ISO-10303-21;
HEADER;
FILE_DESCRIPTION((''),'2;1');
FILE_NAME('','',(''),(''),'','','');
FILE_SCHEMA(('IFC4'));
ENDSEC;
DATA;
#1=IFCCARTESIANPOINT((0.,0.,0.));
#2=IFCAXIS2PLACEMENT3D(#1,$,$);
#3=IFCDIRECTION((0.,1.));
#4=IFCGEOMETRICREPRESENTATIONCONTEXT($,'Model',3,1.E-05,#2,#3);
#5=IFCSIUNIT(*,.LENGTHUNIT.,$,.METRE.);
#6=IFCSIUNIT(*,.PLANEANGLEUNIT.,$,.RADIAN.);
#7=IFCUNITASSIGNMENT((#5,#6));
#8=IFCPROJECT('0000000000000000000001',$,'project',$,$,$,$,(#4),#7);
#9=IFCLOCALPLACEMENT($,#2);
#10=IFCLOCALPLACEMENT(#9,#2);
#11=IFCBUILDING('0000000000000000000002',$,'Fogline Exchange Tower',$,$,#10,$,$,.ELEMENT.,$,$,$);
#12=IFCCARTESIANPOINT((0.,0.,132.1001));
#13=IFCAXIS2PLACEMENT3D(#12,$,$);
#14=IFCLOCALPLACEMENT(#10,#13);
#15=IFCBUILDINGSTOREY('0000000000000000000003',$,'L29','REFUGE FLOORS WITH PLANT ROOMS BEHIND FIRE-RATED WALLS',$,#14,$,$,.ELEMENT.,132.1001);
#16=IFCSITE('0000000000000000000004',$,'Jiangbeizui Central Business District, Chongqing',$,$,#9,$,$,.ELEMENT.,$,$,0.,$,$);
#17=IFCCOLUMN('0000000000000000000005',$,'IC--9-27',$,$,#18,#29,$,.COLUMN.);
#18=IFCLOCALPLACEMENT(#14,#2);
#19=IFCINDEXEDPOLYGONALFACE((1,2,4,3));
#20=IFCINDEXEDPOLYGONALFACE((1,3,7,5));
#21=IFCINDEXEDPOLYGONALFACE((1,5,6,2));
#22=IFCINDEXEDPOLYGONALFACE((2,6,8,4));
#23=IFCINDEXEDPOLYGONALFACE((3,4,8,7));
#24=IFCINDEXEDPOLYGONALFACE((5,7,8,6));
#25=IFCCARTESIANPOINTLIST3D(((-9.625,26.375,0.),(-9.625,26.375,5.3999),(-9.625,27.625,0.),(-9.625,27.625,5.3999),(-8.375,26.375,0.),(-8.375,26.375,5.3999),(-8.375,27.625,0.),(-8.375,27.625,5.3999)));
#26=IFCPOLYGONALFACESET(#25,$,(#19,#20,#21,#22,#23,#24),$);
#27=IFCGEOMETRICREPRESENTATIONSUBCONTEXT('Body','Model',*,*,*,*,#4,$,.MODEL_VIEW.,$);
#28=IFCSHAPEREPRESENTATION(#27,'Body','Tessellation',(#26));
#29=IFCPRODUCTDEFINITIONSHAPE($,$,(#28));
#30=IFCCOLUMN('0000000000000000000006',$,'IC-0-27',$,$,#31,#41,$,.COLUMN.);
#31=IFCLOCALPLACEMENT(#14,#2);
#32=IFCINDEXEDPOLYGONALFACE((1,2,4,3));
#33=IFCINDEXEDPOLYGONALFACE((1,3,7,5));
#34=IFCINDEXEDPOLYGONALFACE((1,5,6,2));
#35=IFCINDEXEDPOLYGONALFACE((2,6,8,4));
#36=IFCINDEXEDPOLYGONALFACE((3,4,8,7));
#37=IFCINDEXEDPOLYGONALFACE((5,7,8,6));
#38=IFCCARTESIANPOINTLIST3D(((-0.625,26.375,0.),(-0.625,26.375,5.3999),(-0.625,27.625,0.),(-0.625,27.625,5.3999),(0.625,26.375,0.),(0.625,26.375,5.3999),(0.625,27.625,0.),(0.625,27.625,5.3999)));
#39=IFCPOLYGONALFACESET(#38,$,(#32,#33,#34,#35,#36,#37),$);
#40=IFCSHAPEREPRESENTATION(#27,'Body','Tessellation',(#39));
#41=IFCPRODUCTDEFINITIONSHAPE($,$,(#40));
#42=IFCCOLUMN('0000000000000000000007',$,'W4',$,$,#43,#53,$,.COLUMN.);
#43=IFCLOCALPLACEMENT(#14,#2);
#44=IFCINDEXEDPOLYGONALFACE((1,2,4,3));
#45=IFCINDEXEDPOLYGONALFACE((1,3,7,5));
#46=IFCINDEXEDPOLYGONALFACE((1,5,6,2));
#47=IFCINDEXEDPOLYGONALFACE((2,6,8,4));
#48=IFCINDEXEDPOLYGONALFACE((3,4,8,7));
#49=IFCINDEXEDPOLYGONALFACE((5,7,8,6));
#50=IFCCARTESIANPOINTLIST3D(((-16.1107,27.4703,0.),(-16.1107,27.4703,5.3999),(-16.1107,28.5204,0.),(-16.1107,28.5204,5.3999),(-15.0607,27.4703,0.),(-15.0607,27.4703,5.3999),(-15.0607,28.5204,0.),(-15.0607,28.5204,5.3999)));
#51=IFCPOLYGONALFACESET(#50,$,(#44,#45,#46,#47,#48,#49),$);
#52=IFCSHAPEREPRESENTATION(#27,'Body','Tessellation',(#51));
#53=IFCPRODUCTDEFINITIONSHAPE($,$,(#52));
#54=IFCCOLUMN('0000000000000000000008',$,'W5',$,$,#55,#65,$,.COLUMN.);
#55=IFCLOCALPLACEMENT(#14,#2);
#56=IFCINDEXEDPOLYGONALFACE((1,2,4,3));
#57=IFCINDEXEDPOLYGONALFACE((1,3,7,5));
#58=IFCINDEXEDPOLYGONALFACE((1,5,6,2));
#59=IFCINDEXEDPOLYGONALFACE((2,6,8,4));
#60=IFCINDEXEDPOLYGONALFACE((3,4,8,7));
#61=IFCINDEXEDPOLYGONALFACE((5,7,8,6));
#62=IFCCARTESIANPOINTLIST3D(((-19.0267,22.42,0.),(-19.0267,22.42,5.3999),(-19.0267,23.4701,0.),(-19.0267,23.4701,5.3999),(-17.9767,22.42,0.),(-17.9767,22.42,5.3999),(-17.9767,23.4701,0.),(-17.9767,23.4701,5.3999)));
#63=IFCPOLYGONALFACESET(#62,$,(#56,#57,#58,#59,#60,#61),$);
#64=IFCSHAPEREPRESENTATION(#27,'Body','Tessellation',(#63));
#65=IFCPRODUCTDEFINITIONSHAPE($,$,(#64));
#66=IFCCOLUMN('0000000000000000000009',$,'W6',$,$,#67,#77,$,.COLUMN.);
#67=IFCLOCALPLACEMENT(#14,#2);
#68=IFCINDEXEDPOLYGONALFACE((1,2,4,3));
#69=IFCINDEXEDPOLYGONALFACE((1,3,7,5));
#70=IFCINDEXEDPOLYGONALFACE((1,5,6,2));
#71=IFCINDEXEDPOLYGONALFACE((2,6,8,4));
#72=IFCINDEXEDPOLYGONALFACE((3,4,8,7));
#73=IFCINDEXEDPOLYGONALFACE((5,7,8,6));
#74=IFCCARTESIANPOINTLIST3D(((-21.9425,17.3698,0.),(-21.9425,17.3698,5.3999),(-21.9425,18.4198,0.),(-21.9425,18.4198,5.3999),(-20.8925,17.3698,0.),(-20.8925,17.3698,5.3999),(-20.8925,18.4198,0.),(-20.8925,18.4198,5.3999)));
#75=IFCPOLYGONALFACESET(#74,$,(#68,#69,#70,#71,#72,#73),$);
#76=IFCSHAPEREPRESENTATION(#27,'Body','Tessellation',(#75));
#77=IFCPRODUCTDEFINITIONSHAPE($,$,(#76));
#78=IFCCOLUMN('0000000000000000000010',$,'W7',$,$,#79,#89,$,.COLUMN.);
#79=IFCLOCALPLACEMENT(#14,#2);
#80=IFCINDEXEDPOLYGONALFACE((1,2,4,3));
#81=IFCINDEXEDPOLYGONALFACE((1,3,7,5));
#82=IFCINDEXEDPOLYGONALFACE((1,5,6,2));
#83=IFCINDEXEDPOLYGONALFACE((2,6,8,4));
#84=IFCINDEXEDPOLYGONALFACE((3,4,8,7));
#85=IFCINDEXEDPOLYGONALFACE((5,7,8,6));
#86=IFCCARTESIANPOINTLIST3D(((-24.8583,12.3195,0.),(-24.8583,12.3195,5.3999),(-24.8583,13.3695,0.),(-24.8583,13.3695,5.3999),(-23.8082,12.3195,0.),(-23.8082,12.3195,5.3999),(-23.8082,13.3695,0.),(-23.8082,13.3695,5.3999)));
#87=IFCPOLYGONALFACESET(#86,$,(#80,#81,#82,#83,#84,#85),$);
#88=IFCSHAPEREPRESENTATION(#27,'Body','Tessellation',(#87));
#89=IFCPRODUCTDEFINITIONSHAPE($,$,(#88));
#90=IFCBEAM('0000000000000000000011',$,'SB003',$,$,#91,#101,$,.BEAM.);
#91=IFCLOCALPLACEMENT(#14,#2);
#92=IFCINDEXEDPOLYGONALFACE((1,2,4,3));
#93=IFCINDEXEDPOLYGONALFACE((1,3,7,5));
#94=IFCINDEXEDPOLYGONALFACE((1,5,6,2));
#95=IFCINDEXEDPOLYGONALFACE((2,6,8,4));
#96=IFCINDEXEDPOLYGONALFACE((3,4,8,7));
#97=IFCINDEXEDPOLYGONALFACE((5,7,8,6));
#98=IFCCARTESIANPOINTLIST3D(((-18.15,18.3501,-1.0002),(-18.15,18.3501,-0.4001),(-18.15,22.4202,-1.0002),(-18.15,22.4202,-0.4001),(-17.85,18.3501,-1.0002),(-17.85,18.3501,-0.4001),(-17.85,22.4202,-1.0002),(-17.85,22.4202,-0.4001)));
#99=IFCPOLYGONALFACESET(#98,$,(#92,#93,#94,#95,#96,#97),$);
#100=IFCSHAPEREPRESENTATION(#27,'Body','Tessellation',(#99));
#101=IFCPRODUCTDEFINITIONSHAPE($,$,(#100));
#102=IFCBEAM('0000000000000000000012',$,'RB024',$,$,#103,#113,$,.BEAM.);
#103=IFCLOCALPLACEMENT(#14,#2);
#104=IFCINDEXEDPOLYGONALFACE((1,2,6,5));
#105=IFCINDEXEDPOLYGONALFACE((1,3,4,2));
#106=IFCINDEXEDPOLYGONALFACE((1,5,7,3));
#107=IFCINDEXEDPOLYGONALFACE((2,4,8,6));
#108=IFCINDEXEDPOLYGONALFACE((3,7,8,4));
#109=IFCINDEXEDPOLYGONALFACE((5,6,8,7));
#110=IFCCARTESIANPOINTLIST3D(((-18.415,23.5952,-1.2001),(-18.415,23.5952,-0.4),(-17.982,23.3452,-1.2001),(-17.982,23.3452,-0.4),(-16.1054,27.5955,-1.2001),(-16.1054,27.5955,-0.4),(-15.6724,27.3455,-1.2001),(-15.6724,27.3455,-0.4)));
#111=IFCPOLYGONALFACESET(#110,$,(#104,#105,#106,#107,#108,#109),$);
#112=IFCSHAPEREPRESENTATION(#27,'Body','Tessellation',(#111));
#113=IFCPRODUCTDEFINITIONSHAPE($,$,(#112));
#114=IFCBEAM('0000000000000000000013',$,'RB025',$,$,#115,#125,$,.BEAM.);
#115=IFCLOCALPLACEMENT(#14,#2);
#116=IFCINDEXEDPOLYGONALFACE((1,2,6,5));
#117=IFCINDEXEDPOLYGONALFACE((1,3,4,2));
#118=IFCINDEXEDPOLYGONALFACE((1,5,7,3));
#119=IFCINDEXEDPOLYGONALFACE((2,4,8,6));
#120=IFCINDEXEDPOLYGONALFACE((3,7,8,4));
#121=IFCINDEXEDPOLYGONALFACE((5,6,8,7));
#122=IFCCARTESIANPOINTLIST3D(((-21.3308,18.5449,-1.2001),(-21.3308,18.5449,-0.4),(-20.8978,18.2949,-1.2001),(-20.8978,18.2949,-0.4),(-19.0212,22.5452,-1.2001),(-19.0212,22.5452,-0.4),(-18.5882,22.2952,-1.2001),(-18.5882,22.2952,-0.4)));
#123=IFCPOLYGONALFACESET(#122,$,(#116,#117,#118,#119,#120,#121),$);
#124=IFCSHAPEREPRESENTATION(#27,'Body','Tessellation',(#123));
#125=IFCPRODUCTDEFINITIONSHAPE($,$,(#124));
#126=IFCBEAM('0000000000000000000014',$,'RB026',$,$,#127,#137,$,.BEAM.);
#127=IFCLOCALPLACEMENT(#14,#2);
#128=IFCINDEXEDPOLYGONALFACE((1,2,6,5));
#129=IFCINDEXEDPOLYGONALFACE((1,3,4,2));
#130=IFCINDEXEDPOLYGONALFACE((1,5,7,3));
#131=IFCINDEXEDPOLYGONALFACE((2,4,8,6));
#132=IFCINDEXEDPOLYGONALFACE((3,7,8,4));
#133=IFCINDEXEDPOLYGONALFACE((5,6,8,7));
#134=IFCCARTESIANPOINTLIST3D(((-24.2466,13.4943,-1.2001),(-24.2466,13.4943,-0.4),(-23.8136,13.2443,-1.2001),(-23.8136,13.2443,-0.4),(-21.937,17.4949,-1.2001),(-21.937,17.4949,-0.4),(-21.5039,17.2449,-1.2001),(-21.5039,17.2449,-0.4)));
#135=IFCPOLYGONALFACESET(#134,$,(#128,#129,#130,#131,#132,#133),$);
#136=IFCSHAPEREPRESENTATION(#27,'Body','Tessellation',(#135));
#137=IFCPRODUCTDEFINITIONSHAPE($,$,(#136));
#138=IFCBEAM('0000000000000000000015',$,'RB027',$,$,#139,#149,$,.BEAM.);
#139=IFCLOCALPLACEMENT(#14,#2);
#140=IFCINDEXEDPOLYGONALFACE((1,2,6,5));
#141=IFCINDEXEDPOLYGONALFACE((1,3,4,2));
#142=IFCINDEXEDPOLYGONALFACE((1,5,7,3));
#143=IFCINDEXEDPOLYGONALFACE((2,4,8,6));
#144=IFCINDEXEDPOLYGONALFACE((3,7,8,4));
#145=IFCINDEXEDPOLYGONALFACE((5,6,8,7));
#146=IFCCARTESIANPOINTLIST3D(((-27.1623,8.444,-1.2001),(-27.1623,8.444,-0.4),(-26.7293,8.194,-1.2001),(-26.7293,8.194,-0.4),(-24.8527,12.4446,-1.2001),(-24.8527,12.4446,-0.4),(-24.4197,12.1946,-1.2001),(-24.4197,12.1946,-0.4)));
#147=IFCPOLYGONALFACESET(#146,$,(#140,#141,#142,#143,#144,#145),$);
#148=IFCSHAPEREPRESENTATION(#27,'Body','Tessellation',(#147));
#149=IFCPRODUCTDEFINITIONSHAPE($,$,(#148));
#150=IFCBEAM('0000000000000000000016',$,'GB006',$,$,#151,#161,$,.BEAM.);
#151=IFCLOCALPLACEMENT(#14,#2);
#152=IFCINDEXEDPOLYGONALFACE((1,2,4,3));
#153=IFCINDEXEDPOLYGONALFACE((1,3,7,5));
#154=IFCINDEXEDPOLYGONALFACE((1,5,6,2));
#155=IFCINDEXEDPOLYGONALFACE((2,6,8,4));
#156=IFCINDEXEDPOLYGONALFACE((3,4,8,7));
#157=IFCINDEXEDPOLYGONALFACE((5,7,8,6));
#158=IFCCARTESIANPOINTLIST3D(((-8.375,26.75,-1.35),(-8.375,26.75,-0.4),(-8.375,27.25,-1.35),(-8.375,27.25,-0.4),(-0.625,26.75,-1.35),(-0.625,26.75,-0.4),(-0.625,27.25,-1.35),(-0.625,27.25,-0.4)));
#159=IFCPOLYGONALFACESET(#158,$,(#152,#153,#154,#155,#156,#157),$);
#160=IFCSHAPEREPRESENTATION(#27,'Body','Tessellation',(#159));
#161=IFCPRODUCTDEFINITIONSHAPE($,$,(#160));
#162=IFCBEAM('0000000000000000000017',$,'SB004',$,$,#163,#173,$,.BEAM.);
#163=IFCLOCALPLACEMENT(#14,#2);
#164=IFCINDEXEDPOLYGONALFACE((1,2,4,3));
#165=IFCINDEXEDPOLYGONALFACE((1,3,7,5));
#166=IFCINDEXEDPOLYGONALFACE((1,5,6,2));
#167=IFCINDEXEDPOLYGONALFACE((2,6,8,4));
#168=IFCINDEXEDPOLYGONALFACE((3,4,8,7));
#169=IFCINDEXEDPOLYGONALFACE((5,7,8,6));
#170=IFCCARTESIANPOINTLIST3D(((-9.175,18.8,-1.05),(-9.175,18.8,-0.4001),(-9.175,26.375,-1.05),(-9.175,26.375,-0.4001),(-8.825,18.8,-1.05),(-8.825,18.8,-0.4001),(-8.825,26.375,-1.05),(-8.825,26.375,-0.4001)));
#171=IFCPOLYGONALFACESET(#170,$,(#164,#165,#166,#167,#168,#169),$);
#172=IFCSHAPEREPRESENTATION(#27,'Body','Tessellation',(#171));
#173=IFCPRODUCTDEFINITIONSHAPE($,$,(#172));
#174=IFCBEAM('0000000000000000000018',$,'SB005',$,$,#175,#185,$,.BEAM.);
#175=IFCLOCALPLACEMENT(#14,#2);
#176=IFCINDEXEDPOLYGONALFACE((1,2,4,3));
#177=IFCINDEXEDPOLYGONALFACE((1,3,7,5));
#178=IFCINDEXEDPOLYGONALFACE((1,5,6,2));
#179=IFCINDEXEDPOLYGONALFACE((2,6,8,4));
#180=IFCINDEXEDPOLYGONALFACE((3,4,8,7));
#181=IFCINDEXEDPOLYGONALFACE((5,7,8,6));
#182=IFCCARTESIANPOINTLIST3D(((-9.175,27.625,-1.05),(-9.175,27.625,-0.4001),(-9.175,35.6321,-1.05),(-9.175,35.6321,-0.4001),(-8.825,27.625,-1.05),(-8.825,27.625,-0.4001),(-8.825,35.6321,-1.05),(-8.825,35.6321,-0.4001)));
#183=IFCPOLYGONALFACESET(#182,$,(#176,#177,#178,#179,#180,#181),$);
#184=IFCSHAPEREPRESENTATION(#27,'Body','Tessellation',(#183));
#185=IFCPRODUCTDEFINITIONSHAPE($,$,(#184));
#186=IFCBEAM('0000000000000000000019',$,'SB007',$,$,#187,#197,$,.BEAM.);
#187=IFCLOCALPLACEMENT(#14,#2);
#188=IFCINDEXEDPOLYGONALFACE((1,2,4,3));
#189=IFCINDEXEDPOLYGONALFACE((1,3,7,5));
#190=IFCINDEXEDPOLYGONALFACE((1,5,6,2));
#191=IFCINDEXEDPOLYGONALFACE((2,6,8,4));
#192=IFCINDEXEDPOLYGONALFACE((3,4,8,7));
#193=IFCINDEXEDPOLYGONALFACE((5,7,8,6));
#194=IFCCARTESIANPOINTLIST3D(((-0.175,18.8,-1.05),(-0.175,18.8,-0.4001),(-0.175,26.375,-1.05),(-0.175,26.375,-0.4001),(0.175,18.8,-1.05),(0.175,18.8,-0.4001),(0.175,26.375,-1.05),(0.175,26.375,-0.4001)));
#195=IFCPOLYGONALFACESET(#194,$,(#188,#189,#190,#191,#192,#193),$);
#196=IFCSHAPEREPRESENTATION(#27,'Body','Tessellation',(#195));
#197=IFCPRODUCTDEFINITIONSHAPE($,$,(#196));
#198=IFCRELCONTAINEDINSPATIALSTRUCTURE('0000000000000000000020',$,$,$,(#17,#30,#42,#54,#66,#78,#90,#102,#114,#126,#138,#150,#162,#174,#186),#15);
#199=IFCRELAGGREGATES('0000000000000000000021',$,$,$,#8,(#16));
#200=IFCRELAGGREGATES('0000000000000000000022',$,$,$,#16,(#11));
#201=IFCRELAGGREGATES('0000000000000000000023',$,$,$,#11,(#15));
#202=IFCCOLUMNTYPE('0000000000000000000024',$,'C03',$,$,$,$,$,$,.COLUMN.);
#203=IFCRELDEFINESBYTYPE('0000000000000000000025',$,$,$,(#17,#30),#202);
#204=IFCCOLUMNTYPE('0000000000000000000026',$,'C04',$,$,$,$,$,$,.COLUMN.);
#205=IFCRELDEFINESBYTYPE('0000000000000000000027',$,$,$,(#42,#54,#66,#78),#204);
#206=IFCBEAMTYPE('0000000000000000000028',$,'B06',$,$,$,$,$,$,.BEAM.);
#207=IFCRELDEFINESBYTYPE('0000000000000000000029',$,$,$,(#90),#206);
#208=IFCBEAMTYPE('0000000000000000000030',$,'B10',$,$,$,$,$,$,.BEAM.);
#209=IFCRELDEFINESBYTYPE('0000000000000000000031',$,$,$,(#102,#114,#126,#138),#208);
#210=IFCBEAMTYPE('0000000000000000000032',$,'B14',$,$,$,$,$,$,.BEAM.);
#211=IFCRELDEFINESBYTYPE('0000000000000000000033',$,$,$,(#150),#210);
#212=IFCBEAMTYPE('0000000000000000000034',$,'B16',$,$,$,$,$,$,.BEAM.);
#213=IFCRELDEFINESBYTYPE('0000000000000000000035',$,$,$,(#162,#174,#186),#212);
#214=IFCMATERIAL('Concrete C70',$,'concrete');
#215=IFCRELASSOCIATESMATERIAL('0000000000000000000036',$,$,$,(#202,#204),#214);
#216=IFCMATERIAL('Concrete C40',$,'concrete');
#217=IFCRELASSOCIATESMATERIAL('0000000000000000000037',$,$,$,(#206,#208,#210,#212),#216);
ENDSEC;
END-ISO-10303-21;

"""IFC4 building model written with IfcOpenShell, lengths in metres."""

from ifc_helpers import new_model, si_unit, direction, frame, origin, origin_2d, place, context, subcontext, project, spatial, rectangle, extrude, material, material_profile, profile_set, type_object, element, save


model = new_model("IFC4")

# Units and contexts
model_context = context("Model", 3, precision=1e-05, world=origin(), true_north=direction((0.0, 1.0)))
body_context = subcontext(model_context, "Body", "Model", "MODEL_VIEW")
ifc_project = project(units=[si_unit("LENGTHUNIT", "METRE"), si_unit("PLANEANGLEUNIT", "RADIAN")], contexts=[model_context])

# Site, building, storey
site_placement = place(None, origin())
site = spatial("IfcSite", under=ifc_project, at=site_placement, Name="Jiangbeizui Central Business District, Chongqing", CompositionType="ELEMENT", RefElevation=0.0)
building_placement = place(site_placement, origin())
building = spatial("IfcBuilding", under=site, at=building_placement, Name="Fogline Exchange Tower", CompositionType="ELEMENT")
storey_placement = place(building_placement, frame((0.0, 0.0, 132.1001)))
storey = spatial("IfcBuildingStorey", under=building, at=storey_placement, Name="L29", Description="REFUGE FLOORS WITH PLANT ROOMS BEHIND FIRE-RATED WALLS", CompositionType="ELEMENT", Elevation=132.1001)

# Columns
ifc_material_1 = material(Name="Concrete C70", Category="concrete")
ifc_material_profile_1 = material_profile(ifc_material_1, rectangle(XDim=1.25, YDim=1.25, at=origin_2d()), Name="RC 1250x1250")
ifc_profile_set_1 = profile_set([ifc_material_profile_1], Name="Concrete C70")
column_type_1 = type_object("IfcColumnType", Name="C03", PredefinedType="COLUMN", material=ifc_profile_set_1)
for number, where, z_axis, x_axis, name in (
    (1, (-9.0, 27.0, 0.0), (0.0, 0.0, 1.0), (1.0, 0.0, 0.0), "IC--9-27"),
    (2, (0.0, 27.0, 0.0), (0.0, 0.0, 1.0), (1.0, 0.0, 0.0), "IC-0-27"),
):
    element("IfcColumn", number, at=place(storey_placement, frame(where, z_axis=z_axis, x_axis=x_axis)), inside=storey, type_object=column_type_1, Name=name, PredefinedType="COLUMN", context=body_context, shape_type="SweptSolid", body=[
        extrude(rectangle(XDim=1.25, YDim=1.25, at=origin_2d()), origin(), (0.0, 0.0, 1.0), 5.3999),
    ])
ifc_material_profile_2 = material_profile(ifc_material_1, rectangle(XDim=1.05, YDim=1.05, at=origin_2d()), Name="RC 1050x1050")
ifc_profile_set_2 = profile_set([ifc_material_profile_2], Name="Concrete C70")
column_type_2 = type_object("IfcColumnType", Name="C04", PredefinedType="COLUMN", material=ifc_profile_set_2)
for number, where, z_axis, x_axis, name in (
    (3, (-15.5857, 27.9954, 0.0), (0.0, 0.0, 1.0), (1.0, 0.0, 0.0), "W4"),
    (4, (-18.5017, 22.9451, 0.0), (0.0, 0.0, 1.0), (1.0, 0.0, 0.0), "W5"),
    (5, (-21.4175, 17.8948, 0.0), (0.0, 0.0, 1.0), (1.0, 0.0, 0.0), "W6"),
    (6, (-24.3333, 12.8445, 0.0), (0.0, 0.0, 1.0), (1.0, 0.0, 0.0), "W7"),
):
    element("IfcColumn", number, at=place(storey_placement, frame(where, z_axis=z_axis, x_axis=x_axis)), inside=storey, type_object=column_type_2, Name=name, PredefinedType="COLUMN", context=body_context, shape_type="SweptSolid", body=[
        extrude(rectangle(XDim=1.05, YDim=1.05, at=origin_2d()), origin(), (0.0, 0.0, 1.0), 5.3999),
    ])

# Beams
ifc_material_2 = material(Name="Concrete C40", Category="concrete")
ifc_material_profile_3 = material_profile(ifc_material_2, rectangle(XDim=0.3, YDim=0.6001, at=origin_2d()), Name="RC 300x600")
ifc_profile_set_3 = profile_set([ifc_material_profile_3], Name="Concrete C40")
beam_type_1 = type_object("IfcBeamType", Name="B06", PredefinedType="BEAM", material=ifc_profile_set_3)
beam_1_placement = place(storey_placement, frame((-18.0, 18.3501, -0.7002), z_axis=(0.0, 1.0, 0.0), x_axis=(-1.0, 0.0, 0.0)))
element("IfcBeam", 7, at=beam_1_placement, inside=storey, type_object=beam_type_1, Name="SB003", PredefinedType="BEAM", context=body_context, shape_type="SweptSolid", body=[
    extrude(rectangle(XDim=0.3, YDim=0.6001, at=origin_2d()), origin(), (0.0, 0.0, 1.0), 4.0701),
])
ifc_material_profile_4 = material_profile(ifc_material_2, rectangle(XDim=0.5, YDim=0.8, at=origin_2d()), Name="RC 500x800")
ifc_profile_set_4 = profile_set([ifc_material_profile_4], Name="Concrete C40")
beam_type_2 = type_object("IfcBeamType", Name="B10", PredefinedType="BEAM", material=ifc_profile_set_4)
for number, where, z_axis, x_axis, name in (
    (8, (-15.8889, 27.4705, -0.8), (-0.500005, -0.866023, 0.0), (0.866023, -0.500005, 0.0), "RB024"),
    (9, (-18.8047, 22.4202, -0.8), (-0.500005, -0.866023, 0.0), (0.866023, -0.500005, 0.0), "RB025"),
):
    element("IfcBeam", number, at=place(storey_placement, frame(where, z_axis=z_axis, x_axis=x_axis)), inside=storey, type_object=beam_type_2, Name=name, PredefinedType="BEAM", context=body_context, shape_type="SweptSolid", body=[
        extrude(rectangle(XDim=0.5, YDim=0.8, at=origin_2d()), origin(), (0.0, 0.0, 1.0), 4.6191),
    ])
for number, where, z_axis, x_axis, name in (
    (10, (-21.7205, 17.3699, -0.8), (-0.499982, -0.866036, 0.0), (0.866036, -0.499982, 0.0), "RB026"),
    (11, (-24.6362, 12.3196, -0.8), (-0.499982, -0.866036, 0.0), (0.866036, -0.499982, 0.0), "RB027"),
):
    element("IfcBeam", number, at=place(storey_placement, frame(where, z_axis=z_axis, x_axis=x_axis)), inside=storey, type_object=beam_type_2, Name=name, PredefinedType="BEAM", context=body_context, shape_type="SweptSolid", body=[
        extrude(rectangle(XDim=0.5, YDim=0.8, at=origin_2d()), origin(), (0.0, 0.0, 1.0), 4.6194),
    ])
ifc_material_profile_5 = material_profile(ifc_material_2, rectangle(XDim=0.5, YDim=0.95, at=origin_2d()), Name="RC 500x950")
ifc_profile_set_5 = profile_set([ifc_material_profile_5], Name="Concrete C40")
beam_type_3 = type_object("IfcBeamType", Name="B14", PredefinedType="BEAM", material=ifc_profile_set_5)
beam_2_placement = place(storey_placement, frame((-8.375, 27.0, -0.875), z_axis=(1.0, 0.0, 0.0), x_axis=(0.0, 1.0, 0.0)))
element("IfcBeam", 12, at=beam_2_placement, inside=storey, type_object=beam_type_3, Name="GB006", PredefinedType="BEAM", context=body_context, shape_type="SweptSolid", body=[
    extrude(rectangle(XDim=0.5, YDim=0.95, at=origin_2d()), origin(), (0.0, 0.0, 1.0), 7.75),
])
ifc_material_profile_6 = material_profile(ifc_material_2, rectangle(XDim=0.3501, YDim=0.6499, at=origin_2d()), Name="RC 350x650")
ifc_profile_set_6 = profile_set([ifc_material_profile_6], Name="Concrete C40")
beam_type_4 = type_object("IfcBeamType", Name="B16", PredefinedType="BEAM", material=ifc_profile_set_6)
beam_3_placement = place(storey_placement, frame((-9.0, 18.8, -0.7251), z_axis=(0.0, 1.0, 0.0), x_axis=(-1.0, 0.0, 0.0)))
element("IfcBeam", 13, at=beam_3_placement, inside=storey, type_object=beam_type_4, Name="SB004", PredefinedType="BEAM", context=body_context, shape_type="SweptSolid", body=[
    extrude(rectangle(XDim=0.3501, YDim=0.6499, at=origin_2d()), origin(), (0.0, 0.0, 1.0), 7.575),
])
beam_4_placement = place(storey_placement, frame((-9.0, 27.625, -0.7251), z_axis=(0.0, 1.0, 0.0), x_axis=(-1.0, 0.0, 0.0)))
element("IfcBeam", 14, at=beam_4_placement, inside=storey, type_object=beam_type_4, Name="SB005", PredefinedType="BEAM", context=body_context, shape_type="SweptSolid", body=[
    extrude(rectangle(XDim=0.3501, YDim=0.6499, at=origin_2d()), origin(), (0.0, 0.0, 1.0), 8.0071),
])
beam_5_placement = place(storey_placement, frame((0.0, 18.8, -0.7251), z_axis=(0.0, 1.0, 0.0), x_axis=(-1.0, 0.0, 0.0)))
element("IfcBeam", 15, at=beam_5_placement, inside=storey, type_object=beam_type_4, Name="SB007", PredefinedType="BEAM", context=body_context, shape_type="SweptSolid", body=[
    extrude(rectangle(XDim=0.3501, YDim=0.6499, at=origin_2d()), origin(), (0.0, 0.0, 1.0), 7.575),
])

save(model, "model.ifc")
